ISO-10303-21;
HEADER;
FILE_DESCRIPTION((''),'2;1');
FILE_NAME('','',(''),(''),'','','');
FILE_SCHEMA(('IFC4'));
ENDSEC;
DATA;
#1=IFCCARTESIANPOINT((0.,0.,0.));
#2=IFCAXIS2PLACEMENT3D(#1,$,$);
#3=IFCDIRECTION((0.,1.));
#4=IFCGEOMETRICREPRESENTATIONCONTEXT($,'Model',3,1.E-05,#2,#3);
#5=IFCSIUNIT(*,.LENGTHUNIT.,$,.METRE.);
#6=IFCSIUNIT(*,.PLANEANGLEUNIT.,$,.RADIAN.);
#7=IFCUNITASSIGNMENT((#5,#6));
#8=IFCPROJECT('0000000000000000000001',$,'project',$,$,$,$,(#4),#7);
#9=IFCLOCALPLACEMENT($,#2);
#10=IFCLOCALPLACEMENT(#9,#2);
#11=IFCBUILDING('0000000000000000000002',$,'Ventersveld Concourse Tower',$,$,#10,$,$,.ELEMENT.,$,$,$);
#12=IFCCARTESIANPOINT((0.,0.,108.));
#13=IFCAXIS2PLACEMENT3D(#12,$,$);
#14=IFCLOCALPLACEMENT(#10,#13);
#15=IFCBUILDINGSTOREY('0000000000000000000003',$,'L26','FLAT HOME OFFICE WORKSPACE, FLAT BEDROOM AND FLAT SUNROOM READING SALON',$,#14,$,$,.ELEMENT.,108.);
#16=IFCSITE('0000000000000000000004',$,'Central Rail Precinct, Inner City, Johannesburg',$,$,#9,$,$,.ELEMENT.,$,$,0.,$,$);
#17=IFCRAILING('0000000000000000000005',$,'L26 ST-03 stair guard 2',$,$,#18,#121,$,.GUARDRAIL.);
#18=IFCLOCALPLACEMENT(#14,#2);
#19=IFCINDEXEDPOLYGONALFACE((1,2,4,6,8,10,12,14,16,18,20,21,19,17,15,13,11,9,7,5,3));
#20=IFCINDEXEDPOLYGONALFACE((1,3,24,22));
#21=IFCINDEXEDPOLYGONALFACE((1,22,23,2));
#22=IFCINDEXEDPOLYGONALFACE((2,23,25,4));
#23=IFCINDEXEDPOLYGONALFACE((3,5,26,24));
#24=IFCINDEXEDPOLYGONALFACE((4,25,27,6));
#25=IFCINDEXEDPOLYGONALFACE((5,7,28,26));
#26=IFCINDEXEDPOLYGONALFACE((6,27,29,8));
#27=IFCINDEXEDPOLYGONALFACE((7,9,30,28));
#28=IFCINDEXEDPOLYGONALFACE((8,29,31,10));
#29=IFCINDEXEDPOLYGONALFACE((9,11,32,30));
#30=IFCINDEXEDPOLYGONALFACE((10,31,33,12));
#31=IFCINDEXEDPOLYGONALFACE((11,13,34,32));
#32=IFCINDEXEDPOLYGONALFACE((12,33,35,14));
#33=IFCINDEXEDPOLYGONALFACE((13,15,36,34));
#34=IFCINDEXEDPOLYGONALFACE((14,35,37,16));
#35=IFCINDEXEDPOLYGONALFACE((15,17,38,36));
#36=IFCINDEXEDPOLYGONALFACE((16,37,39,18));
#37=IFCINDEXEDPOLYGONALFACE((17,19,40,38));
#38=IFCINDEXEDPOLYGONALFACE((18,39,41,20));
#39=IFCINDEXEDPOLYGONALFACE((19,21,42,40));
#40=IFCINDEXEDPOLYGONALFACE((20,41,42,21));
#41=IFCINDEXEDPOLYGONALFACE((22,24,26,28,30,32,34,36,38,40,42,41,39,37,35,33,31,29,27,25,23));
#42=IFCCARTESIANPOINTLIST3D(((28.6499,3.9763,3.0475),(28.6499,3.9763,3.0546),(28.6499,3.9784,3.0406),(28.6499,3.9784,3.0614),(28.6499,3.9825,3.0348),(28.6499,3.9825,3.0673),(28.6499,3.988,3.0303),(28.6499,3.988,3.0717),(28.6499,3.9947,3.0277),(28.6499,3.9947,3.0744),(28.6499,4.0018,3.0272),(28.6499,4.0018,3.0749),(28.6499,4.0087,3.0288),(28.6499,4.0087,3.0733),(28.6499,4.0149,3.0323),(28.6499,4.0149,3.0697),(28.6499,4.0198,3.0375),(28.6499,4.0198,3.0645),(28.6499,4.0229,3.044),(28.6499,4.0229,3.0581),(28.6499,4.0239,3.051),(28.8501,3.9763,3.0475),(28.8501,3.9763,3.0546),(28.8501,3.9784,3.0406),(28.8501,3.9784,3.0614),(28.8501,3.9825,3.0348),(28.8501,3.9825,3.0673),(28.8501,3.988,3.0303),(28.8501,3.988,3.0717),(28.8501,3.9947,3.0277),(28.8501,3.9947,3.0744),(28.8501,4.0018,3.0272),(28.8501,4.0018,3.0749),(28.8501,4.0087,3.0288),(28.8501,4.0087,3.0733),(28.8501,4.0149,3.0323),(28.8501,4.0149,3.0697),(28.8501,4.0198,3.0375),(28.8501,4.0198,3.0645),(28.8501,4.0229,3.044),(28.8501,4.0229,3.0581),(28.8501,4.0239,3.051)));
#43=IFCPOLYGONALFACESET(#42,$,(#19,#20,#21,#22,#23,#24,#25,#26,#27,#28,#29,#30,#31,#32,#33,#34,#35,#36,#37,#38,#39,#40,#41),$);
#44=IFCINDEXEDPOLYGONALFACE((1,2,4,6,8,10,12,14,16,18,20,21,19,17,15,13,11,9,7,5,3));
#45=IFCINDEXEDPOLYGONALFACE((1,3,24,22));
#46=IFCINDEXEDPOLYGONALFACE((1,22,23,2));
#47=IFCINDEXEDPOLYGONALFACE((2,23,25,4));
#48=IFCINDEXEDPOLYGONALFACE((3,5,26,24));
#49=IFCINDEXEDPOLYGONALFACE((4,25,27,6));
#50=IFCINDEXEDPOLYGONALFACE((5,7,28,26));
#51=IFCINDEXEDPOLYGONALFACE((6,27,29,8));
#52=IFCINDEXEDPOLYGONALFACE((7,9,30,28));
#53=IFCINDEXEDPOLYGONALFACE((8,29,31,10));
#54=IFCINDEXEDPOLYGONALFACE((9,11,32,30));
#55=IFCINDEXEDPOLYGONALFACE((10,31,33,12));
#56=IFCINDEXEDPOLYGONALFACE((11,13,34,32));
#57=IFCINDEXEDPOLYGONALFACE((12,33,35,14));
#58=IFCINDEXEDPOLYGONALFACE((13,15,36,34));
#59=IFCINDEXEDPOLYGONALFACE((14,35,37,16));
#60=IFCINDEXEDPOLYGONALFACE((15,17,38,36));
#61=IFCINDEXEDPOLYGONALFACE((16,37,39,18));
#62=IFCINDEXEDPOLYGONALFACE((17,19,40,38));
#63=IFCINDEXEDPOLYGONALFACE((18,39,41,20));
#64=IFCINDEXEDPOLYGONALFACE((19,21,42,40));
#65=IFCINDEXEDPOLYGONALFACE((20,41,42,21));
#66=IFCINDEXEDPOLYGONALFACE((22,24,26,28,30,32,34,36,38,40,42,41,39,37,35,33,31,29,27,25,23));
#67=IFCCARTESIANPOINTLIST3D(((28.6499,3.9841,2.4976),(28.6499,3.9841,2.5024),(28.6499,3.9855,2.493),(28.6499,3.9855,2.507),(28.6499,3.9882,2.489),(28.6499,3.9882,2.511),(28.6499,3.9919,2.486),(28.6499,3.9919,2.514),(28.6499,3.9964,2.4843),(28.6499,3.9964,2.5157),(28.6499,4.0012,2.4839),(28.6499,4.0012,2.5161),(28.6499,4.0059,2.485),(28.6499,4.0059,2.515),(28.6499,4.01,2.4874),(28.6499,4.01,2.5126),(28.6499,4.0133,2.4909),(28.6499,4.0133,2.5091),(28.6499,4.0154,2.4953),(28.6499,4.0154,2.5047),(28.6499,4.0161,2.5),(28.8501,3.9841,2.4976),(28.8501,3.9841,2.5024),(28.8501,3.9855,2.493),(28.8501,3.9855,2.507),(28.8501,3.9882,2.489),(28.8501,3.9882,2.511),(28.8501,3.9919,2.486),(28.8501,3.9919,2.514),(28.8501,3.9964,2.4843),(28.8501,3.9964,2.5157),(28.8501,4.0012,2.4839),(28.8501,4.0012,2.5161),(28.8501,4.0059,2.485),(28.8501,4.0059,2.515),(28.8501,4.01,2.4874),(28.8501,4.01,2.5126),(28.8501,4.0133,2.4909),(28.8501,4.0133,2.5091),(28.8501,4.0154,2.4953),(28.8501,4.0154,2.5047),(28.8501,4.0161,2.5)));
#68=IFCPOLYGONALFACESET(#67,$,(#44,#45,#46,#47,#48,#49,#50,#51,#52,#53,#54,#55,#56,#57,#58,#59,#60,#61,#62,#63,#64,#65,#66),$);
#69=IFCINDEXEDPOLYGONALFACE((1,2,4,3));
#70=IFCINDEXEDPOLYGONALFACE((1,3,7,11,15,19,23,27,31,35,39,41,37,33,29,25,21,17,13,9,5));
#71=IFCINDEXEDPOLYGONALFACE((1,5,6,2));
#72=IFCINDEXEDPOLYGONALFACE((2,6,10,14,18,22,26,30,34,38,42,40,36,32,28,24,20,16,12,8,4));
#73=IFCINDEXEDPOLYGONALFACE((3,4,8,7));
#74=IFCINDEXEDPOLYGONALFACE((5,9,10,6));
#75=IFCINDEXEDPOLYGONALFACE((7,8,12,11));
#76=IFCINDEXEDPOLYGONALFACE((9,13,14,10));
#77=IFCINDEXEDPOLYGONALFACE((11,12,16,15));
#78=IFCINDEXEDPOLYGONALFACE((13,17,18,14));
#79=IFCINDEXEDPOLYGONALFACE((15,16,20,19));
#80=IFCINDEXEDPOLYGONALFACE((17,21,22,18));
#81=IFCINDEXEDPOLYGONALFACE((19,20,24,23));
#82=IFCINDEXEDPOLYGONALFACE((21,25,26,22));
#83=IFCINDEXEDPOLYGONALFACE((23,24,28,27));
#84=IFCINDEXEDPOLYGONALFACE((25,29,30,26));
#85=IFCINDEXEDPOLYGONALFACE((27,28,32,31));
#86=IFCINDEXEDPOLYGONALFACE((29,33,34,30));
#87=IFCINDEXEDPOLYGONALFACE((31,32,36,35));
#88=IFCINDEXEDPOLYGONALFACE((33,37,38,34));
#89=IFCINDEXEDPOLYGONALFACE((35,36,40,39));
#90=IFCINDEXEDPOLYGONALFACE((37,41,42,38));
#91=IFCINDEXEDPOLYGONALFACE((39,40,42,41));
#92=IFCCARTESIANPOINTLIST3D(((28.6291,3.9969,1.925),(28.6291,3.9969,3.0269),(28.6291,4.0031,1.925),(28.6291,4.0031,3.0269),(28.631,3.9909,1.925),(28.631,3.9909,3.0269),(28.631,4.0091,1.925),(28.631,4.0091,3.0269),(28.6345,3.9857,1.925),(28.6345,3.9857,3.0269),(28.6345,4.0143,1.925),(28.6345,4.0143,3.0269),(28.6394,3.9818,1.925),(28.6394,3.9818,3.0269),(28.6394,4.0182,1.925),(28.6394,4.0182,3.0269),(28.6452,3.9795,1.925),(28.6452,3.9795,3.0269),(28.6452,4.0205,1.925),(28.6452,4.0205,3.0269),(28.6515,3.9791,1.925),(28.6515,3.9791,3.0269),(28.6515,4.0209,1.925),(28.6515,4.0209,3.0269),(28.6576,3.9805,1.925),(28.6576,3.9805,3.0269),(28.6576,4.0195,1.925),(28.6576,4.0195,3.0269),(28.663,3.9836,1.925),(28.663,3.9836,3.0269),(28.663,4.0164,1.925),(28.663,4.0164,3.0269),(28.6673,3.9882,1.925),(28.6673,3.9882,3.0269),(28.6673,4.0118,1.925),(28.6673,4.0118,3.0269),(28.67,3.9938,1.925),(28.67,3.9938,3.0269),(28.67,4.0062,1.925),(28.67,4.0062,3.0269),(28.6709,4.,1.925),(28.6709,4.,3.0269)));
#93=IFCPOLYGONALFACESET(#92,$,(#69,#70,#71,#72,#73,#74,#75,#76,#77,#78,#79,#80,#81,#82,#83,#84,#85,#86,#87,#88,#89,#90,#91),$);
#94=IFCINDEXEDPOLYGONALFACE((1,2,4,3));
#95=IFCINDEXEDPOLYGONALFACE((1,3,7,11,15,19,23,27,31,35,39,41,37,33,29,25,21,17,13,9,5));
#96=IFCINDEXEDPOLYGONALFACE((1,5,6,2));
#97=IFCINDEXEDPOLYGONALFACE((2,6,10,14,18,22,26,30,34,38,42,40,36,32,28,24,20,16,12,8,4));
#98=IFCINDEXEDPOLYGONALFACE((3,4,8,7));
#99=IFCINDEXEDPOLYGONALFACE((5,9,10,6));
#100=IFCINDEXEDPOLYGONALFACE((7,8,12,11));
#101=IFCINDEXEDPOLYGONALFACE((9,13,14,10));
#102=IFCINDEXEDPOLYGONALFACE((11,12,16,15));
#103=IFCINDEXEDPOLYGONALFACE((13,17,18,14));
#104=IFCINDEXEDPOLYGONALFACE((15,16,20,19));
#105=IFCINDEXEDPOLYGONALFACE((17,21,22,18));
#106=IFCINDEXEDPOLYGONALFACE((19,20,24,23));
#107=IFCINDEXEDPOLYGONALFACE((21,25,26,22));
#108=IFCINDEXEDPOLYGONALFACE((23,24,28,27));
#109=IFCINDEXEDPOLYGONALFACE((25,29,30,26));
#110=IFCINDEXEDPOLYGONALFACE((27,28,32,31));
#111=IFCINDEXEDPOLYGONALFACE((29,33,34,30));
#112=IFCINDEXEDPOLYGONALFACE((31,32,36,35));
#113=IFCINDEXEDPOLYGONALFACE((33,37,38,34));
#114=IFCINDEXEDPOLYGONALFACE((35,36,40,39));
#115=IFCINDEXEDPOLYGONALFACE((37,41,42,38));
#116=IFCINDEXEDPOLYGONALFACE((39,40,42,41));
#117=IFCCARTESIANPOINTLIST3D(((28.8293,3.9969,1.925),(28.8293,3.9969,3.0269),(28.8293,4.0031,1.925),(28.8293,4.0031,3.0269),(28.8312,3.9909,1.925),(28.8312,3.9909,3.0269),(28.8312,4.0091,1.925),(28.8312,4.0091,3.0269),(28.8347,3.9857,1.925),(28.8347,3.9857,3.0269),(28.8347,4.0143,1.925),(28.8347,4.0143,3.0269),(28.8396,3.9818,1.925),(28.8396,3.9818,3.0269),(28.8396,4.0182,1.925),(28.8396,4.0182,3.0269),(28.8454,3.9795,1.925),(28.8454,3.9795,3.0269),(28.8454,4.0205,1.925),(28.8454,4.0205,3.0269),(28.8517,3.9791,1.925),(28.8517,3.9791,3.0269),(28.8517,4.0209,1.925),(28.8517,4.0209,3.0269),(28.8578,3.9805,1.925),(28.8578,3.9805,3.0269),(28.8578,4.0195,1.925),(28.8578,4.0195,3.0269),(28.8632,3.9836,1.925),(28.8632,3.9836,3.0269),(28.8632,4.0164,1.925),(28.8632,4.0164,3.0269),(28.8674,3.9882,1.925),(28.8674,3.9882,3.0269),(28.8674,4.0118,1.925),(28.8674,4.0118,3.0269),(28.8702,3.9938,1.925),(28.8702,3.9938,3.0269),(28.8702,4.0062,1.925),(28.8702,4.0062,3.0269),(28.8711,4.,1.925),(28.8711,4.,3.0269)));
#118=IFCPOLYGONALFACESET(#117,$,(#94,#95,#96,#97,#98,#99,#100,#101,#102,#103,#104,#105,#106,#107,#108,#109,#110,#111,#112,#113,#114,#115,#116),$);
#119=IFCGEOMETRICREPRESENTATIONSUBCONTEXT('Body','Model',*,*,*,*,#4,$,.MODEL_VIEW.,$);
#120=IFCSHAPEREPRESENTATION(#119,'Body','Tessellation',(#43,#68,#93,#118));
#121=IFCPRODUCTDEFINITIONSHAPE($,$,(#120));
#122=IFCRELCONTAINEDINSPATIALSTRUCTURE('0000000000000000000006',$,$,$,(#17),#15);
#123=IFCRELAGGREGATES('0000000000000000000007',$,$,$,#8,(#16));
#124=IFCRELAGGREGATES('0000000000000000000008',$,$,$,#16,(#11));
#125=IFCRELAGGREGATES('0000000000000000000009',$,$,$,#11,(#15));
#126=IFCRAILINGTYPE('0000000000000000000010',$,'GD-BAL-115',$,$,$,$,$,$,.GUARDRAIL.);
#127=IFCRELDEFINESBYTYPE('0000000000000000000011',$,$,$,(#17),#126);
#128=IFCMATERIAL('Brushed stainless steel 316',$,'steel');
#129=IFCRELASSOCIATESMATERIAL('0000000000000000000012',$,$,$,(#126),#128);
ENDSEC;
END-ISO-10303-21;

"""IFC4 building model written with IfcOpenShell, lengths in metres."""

from ifc_helpers import new_model, si_unit, direction, frame, origin, origin_2d, place, context, subcontext, project, spatial, circle, extrude, material, type_object, element, save


model = new_model("IFC4")

# Units and contexts
model_context = context("Model", 3, precision=1e-05, world=origin(), true_north=direction((0.0, 1.0)))
body_context = subcontext(model_context, "Body", "Model", "MODEL_VIEW")
ifc_project = project(units=[si_unit("LENGTHUNIT", "METRE"), si_unit("PLANEANGLEUNIT", "RADIAN")], contexts=[model_context])

# Site, building, storey
site_placement = place(None, origin())
site = spatial("IfcSite", under=ifc_project, at=site_placement, Name="Central Rail Precinct, Inner City, Johannesburg", CompositionType="ELEMENT", RefElevation=0.0)
building_placement = place(site_placement, origin())
building = spatial("IfcBuilding", under=site, at=building_placement, Name="Ventersveld Concourse Tower", CompositionType="ELEMENT")
storey_placement = place(building_placement, frame((0.0, 0.0, 108.0)))
storey = spatial("IfcBuildingStorey", under=building, at=storey_placement, Name="L26", Description="FLAT HOME OFFICE WORKSPACE, FLAT BEDROOM AND FLAT SUNROOM READING SALON", CompositionType="ELEMENT", Elevation=108.0)

# Railing
ifc_material_1 = material(Name="Brushed stainless steel 316", Category="steel")
railing_type_1 = type_object("IfcRailingType", Name="GD-BAL-115", PredefinedType="GUARDRAIL", material=ifc_material_1)
railing_1_placement = place(storey_placement, frame((28.6499, 4.0, 1.925)))
element("IfcRailing", 1, at=railing_1_placement, inside=storey, type_object=railing_type_1, Name="L26 ST-03 stair guard 2", PredefinedType="GUARDRAIL", context=body_context, shape_type="SweptSolid", body=[
    extrude(circle(Radius=0.0239, at=origin_2d()), frame((0.0, 0.0, 1.126), z_axis=(1.0, 0.0, 0.0), x_axis=(0.0, 1.0, 0.0)), (0.0, 0.0, 1.0), 0.2002),
    extrude(circle(Radius=0.0161, at=origin_2d()), frame((0.0, 0.0, 0.575), z_axis=(1.0, 0.0, 0.0), x_axis=(0.0, 1.0, 0.0)), (0.0, 0.0, 1.0), 0.2002),
    extrude(circle(Radius=0.021, at=origin_2d()), origin(), (0.0, 0.0, 1.0), 1.1018),
    extrude(circle(Radius=0.021, at=origin_2d()), frame((0.2002, 0.0, 0.0)), (0.0, 0.0, 1.0), 1.1018),
])

save(model, "model.ifc")
